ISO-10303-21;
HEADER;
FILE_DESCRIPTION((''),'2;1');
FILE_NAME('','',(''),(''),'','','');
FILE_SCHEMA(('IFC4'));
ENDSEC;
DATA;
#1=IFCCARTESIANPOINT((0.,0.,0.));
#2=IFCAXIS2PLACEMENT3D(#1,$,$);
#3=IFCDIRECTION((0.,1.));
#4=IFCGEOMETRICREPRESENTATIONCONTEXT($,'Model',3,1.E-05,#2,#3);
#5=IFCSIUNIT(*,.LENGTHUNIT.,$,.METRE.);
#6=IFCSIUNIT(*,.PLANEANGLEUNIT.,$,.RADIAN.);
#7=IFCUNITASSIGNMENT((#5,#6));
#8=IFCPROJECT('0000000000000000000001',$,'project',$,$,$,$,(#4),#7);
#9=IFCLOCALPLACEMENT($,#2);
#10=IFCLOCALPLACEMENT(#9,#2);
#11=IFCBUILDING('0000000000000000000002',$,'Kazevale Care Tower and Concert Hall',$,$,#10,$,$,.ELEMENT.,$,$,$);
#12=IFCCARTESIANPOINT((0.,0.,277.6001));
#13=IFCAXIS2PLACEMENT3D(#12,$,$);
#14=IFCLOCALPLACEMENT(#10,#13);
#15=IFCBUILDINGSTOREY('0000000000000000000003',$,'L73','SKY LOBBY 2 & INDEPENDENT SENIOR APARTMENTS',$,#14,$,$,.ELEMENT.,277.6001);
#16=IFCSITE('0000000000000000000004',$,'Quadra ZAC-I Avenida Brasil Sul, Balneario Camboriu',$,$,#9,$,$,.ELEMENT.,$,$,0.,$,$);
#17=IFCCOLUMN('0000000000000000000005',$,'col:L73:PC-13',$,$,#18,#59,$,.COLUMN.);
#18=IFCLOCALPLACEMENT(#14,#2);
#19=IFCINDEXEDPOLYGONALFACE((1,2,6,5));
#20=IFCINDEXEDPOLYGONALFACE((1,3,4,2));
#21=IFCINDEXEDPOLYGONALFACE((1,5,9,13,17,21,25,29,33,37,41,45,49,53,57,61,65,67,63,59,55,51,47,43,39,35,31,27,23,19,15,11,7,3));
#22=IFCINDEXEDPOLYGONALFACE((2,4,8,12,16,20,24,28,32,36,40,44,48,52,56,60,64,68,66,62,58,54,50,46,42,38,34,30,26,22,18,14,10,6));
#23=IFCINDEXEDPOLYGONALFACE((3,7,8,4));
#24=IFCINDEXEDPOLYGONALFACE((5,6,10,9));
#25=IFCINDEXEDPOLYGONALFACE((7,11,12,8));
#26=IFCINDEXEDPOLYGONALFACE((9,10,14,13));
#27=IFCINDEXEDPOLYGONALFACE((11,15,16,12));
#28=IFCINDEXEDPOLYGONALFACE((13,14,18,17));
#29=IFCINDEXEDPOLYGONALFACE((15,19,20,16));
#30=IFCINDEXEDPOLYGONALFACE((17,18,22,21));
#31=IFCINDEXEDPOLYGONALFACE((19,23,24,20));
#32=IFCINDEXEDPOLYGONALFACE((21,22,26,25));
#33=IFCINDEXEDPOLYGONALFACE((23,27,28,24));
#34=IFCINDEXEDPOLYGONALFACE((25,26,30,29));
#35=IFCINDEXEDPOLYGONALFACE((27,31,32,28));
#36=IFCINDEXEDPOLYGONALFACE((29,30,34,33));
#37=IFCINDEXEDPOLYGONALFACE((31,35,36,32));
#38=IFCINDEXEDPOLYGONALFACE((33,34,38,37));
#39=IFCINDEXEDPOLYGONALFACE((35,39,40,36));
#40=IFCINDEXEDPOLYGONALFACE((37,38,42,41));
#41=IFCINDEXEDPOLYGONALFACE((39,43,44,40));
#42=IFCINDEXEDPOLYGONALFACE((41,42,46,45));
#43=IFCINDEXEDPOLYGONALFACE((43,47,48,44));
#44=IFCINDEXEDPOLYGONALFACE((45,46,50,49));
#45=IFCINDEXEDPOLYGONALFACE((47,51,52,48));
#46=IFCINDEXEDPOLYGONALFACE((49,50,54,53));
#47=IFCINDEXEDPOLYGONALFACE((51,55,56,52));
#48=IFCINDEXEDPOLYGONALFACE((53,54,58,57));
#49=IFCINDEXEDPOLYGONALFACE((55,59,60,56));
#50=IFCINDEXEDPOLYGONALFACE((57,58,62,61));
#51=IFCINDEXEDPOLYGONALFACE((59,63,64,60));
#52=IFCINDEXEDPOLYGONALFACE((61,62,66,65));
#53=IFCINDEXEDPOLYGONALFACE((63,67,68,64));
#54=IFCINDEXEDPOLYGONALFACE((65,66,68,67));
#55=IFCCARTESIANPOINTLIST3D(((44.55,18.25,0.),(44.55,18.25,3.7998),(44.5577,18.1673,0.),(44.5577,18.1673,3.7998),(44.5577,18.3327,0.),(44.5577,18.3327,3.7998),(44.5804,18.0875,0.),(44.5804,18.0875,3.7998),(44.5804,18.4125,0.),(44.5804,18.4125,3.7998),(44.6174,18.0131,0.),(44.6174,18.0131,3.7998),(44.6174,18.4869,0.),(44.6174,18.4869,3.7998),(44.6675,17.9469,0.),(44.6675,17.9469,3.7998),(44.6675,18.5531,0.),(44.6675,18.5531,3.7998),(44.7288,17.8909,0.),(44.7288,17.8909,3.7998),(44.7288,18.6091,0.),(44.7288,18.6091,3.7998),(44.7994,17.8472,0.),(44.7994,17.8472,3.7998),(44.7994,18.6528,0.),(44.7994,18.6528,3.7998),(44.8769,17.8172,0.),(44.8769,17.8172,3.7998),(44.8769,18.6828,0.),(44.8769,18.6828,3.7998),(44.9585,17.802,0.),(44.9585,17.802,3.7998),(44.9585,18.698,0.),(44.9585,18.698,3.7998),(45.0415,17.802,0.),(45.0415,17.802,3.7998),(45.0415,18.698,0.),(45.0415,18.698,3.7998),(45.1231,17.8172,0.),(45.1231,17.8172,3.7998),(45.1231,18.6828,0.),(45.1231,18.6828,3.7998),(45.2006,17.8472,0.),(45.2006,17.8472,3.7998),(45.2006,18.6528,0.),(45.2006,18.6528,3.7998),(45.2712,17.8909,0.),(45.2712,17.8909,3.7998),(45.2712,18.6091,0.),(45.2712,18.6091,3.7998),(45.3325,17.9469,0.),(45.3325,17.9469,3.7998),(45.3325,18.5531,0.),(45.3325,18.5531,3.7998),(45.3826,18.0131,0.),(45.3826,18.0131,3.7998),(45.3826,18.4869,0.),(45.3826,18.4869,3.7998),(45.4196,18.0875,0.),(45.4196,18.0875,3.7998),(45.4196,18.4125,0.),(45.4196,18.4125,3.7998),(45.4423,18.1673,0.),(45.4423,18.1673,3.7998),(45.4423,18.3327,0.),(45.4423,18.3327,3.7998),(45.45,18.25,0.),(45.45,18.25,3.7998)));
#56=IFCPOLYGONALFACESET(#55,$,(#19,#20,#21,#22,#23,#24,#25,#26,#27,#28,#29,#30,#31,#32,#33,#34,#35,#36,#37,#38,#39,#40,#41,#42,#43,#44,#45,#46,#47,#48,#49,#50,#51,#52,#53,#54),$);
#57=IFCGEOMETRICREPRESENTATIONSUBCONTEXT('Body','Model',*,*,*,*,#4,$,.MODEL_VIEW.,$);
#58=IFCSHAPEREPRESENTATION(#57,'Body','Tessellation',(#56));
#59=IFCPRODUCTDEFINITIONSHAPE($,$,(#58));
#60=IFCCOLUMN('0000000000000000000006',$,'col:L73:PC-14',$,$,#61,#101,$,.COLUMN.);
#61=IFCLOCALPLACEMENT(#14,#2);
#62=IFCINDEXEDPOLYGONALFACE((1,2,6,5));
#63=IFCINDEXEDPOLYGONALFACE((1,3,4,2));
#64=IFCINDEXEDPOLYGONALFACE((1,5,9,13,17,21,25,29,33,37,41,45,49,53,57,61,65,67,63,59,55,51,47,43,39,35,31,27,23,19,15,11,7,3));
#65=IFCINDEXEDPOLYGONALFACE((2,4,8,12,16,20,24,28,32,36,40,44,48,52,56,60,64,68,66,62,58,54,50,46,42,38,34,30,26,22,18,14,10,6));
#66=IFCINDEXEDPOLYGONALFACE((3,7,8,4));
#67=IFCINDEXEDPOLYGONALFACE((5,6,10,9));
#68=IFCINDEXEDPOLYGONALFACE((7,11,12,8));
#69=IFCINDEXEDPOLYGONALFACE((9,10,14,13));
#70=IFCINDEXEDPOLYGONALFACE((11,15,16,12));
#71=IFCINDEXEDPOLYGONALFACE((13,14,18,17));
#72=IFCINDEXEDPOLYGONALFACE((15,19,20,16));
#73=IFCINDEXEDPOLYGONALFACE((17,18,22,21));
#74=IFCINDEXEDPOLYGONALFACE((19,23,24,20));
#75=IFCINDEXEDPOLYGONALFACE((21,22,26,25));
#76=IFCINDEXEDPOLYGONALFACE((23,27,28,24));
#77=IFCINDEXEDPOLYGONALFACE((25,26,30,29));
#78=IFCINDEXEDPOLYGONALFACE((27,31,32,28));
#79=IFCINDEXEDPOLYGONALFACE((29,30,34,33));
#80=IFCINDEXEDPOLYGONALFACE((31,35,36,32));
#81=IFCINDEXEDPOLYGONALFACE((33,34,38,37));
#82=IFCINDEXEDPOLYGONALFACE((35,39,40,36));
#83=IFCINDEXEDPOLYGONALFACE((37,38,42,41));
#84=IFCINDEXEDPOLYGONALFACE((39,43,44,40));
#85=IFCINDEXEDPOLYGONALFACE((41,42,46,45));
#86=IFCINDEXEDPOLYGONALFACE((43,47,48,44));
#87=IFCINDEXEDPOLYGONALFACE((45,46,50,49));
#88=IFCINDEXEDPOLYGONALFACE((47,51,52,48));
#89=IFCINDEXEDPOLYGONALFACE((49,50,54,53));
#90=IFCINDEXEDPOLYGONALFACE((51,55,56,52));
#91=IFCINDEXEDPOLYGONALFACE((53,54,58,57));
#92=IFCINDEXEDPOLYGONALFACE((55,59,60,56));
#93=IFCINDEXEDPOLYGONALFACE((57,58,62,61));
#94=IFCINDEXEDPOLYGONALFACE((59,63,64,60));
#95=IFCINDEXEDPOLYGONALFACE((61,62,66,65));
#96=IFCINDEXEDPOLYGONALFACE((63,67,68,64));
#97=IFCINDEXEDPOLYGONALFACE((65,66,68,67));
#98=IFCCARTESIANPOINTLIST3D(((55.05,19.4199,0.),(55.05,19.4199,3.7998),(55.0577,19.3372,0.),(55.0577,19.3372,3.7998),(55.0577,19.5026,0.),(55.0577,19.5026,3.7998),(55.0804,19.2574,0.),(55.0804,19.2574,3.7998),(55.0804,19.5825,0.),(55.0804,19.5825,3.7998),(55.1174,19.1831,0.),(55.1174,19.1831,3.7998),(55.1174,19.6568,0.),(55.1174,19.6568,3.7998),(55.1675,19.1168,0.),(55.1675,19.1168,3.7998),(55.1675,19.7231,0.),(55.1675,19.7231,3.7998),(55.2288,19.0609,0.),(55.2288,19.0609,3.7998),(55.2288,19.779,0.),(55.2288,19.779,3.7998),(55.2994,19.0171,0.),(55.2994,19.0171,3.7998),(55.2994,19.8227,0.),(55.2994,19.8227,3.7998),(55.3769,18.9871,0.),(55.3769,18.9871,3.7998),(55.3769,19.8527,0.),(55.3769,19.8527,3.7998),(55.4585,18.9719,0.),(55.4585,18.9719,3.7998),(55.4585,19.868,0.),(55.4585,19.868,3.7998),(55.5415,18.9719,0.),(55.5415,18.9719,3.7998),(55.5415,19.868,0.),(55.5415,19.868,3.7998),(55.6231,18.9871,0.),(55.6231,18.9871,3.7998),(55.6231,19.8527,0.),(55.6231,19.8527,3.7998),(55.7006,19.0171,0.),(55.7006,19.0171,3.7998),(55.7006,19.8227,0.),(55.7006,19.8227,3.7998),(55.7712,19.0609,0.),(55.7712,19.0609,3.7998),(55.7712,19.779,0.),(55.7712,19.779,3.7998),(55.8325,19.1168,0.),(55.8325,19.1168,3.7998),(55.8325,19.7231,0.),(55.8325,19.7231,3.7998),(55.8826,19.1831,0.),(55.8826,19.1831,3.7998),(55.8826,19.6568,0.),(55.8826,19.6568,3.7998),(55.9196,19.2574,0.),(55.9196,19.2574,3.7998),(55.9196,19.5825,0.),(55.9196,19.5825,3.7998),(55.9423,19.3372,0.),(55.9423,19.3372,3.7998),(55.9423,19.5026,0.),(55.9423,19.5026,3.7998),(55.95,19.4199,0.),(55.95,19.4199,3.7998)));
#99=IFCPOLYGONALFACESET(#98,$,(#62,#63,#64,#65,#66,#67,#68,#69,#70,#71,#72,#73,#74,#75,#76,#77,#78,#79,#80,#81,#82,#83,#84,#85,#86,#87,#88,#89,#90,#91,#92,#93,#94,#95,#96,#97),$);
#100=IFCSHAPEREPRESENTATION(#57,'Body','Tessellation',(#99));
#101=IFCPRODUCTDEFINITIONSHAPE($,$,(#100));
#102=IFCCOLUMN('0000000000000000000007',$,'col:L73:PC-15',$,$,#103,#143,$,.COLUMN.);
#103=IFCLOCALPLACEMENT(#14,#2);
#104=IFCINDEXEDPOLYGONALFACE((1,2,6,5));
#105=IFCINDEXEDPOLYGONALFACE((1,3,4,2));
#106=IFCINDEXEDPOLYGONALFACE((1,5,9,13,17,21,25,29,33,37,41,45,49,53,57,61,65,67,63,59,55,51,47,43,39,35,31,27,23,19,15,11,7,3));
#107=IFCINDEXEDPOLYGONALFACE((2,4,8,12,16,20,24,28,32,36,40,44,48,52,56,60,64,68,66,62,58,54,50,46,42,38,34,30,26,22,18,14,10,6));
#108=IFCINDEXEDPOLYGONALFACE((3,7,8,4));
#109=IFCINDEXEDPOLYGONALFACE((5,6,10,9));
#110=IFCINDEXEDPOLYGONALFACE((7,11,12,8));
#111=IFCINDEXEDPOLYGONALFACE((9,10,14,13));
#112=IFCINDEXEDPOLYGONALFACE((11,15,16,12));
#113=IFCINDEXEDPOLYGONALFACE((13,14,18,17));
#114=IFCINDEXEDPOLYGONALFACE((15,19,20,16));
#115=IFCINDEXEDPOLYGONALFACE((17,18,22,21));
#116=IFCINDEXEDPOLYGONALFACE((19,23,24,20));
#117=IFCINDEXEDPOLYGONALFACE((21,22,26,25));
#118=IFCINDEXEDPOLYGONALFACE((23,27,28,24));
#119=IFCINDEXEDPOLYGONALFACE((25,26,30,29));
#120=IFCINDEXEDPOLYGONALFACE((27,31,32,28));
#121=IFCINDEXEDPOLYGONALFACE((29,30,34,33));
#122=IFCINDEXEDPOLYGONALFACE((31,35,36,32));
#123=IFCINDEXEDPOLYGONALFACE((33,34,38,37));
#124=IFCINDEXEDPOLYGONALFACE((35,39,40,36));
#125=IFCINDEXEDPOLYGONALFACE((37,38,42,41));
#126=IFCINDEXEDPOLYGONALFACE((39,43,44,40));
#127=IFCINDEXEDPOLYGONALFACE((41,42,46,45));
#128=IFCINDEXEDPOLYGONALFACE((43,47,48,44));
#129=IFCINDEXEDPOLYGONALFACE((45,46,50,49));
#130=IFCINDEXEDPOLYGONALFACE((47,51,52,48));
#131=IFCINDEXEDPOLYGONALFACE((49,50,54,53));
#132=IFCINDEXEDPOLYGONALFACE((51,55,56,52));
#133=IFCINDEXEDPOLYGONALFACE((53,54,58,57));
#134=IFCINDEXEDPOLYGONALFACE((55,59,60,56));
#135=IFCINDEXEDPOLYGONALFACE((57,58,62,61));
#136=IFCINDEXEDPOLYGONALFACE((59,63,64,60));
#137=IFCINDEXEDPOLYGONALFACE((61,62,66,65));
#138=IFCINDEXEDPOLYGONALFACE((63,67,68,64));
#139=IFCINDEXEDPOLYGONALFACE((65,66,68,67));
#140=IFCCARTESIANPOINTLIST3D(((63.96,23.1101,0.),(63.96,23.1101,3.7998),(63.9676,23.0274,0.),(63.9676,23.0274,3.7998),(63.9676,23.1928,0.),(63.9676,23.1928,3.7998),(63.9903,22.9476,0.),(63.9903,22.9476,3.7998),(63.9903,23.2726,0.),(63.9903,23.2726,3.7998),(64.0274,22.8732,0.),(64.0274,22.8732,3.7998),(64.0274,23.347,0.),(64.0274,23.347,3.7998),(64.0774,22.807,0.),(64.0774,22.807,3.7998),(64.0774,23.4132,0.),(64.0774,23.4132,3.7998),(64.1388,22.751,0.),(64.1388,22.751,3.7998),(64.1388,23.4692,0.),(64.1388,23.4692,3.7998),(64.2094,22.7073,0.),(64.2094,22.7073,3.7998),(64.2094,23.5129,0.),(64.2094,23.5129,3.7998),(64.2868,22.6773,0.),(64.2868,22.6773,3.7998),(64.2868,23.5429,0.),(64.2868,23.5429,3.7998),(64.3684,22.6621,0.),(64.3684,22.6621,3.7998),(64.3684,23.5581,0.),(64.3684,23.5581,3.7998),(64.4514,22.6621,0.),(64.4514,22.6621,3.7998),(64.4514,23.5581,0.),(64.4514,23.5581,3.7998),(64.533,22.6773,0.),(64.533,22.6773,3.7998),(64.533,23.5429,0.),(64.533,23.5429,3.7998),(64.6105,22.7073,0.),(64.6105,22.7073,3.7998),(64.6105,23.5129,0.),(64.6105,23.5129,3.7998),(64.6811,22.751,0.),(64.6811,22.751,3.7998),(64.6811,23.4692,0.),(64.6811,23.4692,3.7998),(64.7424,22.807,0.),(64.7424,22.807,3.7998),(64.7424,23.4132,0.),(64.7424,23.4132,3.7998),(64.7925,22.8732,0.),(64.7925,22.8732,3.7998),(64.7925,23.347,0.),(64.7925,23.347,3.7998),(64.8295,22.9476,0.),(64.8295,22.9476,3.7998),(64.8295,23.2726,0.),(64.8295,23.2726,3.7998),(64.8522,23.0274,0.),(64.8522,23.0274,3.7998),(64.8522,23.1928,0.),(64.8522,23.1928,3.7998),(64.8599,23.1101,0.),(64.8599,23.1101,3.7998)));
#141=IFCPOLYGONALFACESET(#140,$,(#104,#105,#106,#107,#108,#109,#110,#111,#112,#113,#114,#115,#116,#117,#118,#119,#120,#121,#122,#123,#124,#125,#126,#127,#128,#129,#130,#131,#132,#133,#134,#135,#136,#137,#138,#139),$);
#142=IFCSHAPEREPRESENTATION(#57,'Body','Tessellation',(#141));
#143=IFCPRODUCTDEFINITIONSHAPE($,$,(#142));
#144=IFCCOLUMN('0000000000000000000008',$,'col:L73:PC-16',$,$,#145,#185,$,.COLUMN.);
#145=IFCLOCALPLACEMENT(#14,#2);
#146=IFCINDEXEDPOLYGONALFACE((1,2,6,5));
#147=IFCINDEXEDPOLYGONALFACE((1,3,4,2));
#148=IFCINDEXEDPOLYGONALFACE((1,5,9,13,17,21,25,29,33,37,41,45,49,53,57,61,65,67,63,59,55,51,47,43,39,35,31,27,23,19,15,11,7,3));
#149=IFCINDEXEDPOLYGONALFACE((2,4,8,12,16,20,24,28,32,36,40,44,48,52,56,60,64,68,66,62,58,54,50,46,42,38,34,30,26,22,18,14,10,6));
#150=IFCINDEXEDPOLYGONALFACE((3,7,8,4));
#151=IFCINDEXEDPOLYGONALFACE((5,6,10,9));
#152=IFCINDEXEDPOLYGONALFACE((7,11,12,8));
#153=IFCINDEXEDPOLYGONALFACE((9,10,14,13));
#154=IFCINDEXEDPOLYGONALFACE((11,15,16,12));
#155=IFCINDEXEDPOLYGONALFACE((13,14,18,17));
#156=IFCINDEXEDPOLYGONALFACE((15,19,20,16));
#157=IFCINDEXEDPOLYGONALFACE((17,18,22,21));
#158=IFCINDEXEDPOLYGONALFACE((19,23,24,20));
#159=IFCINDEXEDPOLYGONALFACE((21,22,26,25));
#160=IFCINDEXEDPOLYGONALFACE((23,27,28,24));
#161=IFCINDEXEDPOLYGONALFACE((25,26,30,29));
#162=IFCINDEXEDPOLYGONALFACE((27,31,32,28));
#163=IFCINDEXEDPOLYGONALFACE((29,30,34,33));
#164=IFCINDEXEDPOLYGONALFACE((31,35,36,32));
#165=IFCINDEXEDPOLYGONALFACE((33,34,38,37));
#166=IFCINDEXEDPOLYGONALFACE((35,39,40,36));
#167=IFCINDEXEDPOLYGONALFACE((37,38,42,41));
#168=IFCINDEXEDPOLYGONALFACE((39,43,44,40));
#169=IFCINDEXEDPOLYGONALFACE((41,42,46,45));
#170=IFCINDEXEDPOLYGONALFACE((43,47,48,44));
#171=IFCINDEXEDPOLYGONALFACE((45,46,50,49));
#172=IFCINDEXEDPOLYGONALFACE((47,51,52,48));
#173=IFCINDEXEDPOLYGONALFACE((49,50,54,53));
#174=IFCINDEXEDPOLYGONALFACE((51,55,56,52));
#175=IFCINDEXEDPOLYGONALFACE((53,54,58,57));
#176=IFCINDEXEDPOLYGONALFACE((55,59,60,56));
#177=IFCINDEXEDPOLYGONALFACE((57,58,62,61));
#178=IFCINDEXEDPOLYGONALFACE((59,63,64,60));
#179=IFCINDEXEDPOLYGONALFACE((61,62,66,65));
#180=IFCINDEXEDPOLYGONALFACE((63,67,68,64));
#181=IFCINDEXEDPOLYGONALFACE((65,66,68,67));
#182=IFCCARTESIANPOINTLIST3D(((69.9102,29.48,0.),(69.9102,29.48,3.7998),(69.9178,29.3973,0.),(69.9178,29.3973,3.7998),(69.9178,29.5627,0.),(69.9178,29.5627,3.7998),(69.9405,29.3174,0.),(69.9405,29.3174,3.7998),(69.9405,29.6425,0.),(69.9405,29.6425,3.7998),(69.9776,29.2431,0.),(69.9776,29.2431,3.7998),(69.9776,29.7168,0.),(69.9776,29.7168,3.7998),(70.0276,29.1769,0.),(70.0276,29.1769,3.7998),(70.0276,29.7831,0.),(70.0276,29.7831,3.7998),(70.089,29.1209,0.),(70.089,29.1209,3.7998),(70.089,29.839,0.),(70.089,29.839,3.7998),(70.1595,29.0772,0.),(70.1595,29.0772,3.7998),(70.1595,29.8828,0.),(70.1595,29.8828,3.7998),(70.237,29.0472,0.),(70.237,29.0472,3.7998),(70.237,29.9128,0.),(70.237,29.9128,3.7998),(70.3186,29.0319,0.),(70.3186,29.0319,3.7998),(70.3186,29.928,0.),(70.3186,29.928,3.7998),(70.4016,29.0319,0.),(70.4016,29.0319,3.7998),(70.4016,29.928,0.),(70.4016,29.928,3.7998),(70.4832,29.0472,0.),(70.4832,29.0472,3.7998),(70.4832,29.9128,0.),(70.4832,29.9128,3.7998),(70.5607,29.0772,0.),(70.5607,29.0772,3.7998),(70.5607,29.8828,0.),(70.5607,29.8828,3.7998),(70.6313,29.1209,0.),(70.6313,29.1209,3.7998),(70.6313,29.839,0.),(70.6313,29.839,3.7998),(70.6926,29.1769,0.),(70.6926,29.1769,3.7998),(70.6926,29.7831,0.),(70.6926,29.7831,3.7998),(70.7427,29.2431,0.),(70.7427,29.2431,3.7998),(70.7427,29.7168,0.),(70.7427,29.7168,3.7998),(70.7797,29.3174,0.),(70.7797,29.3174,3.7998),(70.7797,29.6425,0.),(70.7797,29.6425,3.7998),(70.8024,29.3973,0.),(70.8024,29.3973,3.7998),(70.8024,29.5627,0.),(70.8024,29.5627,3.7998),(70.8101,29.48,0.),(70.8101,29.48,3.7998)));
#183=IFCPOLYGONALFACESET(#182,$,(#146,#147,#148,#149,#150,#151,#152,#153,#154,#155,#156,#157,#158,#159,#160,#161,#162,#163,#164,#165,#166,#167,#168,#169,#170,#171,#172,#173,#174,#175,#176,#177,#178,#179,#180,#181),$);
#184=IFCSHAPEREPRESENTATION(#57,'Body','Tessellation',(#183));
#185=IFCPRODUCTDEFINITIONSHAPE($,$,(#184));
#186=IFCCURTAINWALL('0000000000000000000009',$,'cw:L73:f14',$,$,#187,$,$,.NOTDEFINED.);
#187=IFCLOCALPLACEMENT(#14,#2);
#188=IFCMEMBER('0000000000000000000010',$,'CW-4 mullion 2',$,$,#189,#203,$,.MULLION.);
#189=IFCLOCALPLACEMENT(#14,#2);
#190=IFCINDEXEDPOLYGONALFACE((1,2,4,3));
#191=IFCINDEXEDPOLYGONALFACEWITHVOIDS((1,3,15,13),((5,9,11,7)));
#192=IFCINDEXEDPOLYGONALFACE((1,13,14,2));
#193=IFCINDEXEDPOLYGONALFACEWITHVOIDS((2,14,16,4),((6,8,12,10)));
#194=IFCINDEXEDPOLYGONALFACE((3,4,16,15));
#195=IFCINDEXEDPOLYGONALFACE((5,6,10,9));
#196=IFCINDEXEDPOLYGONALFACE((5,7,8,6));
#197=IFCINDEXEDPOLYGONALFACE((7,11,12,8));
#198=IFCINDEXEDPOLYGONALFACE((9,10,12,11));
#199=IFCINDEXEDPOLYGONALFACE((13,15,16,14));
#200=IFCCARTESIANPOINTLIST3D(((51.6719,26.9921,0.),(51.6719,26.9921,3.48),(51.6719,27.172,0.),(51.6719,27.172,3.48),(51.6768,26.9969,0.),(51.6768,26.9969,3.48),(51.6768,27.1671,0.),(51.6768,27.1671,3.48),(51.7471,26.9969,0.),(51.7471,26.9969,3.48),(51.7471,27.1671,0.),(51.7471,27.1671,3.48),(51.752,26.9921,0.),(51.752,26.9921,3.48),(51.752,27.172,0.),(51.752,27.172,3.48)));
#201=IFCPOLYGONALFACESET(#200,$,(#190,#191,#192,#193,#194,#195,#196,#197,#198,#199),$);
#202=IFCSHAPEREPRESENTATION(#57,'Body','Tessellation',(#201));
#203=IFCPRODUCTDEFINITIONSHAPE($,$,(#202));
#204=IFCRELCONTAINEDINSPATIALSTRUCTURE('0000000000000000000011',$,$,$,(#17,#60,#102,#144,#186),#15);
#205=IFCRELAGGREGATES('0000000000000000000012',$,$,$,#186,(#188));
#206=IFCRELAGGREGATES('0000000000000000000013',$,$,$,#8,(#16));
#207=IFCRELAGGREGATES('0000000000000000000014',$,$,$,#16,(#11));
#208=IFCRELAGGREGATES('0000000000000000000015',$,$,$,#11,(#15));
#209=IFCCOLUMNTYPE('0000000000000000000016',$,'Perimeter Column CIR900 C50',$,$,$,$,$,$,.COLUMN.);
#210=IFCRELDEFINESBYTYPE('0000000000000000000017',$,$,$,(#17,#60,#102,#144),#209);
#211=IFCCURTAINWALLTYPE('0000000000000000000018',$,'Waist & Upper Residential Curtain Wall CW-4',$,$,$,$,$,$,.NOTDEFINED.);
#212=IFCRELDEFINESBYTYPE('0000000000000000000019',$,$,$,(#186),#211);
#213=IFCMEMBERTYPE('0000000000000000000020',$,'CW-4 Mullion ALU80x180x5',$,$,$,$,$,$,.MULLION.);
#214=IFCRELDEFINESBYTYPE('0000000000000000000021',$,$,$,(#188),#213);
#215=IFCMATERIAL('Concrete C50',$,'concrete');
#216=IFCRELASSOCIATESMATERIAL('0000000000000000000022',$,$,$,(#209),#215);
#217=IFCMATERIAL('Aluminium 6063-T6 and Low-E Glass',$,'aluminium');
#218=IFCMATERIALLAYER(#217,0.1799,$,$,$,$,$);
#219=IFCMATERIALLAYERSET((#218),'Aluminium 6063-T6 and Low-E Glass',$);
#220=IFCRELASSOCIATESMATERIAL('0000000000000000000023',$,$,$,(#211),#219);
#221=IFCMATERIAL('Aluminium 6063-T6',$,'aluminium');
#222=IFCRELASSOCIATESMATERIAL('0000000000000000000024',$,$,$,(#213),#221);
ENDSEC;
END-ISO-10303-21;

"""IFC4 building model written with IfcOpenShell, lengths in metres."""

from ifc_helpers import new_model, si_unit, direction, frame, origin, origin_2d, place, context, subcontext, project, spatial, hollow_rectangle, circle, extrude, material, layer, layer_set, material_profile, profile_set, type_object, element, aggregate, save


model = new_model("IFC4")

# Units and contexts
model_context = context("Model", 3, precision=1e-05, world=origin(), true_north=direction((0.0, 1.0)))
body_context = subcontext(model_context, "Body", "Model", "MODEL_VIEW")
ifc_project = project(units=[si_unit("LENGTHUNIT", "METRE"), si_unit("PLANEANGLEUNIT", "RADIAN")], contexts=[model_context])

# Site, building, storey
site_placement = place(None, origin())
site = spatial("IfcSite", under=ifc_project, at=site_placement, Name="Quadra ZAC-I Avenida Brasil Sul, Balneario Camboriu", CompositionType="ELEMENT", RefElevation=0.0)
building_placement = place(site_placement, origin())
building = spatial("IfcBuilding", under=site, at=building_placement, Name="Kazevale Care Tower and Concert Hall", CompositionType="ELEMENT")
storey_placement = place(building_placement, frame((0.0, 0.0, 277.6001)))
storey = spatial("IfcBuildingStorey", under=building, at=storey_placement, Name="L73", Description="SKY LOBBY 2 & INDEPENDENT SENIOR APARTMENTS", CompositionType="ELEMENT", Elevation=277.6001)

# Columns
ifc_material_1 = material(Name="Concrete C50", Category="concrete")
ifc_material_profile_1 = material_profile(ifc_material_1, circle(Radius=0.45, at=origin_2d()), Name="RC-CIR900")
ifc_profile_set_1 = profile_set([ifc_material_profile_1], Name="Concrete C50")
column_type = type_object("IfcColumnType", Name="Perimeter Column CIR900 C50", PredefinedType="COLUMN", material=ifc_profile_set_1)
for number, where, z_axis, x_axis, name in (
    (1, (45.0, 18.25, 0.0), (0.0, 0.0, 1.0), (1.0, 0.0, 0.0), "col:L73:PC-13"),
    (2, (55.5, 19.4199, 0.0), (0.0, 0.0, 1.0), (1.0, 0.0, 0.0), "col:L73:PC-14"),
    (3, (64.4099, 23.1101, 0.0), (0.0, 0.0, 1.0), (1.0, 0.0, 0.0), "col:L73:PC-15"),
    (4, (70.3601, 29.48, 0.0), (0.0, 0.0, 1.0), (1.0, 0.0, 0.0), "col:L73:PC-16"),
):
    element("IfcColumn", number, at=place(storey_placement, frame(where, z_axis=z_axis, x_axis=x_axis)), inside=storey, type_object=column_type, Name=name, PredefinedType="COLUMN", context=body_context, shape_type="SweptSolid", body=[
        extrude(circle(Radius=0.45, at=origin_2d()), origin(), (0.0, 0.0, 1.0), 3.7998),
    ])

# Curtain wall, member
ifc_material_2 = material(Name="Aluminium 6063-T6 and Low-E Glass", Category="aluminium")
ifc_layer_1 = layer(ifc_material_2, 0.1799)
ifc_layer_set_1 = layer_set([ifc_layer_1], Name="Aluminium 6063-T6 and Low-E Glass")
curtain_wall_type_1 = type_object("IfcCurtainWallType", Name="Waist & Upper Residential Curtain Wall CW-4", PredefinedType="NOTDEFINED", material=ifc_layer_set_1)
curtain_wall_1_placement = place(storey_placement, origin())
curtain_wall_1 = element("IfcCurtainWall", 5, at=curtain_wall_1_placement, inside=storey, type_object=curtain_wall_type_1, Name="cw:L73:f14", PredefinedType="NOTDEFINED")
ifc_material_3 = material(Name="Aluminium 6063-T6", Category="aluminium")
ifc_material_profile_2 = material_profile(ifc_material_3, hollow_rectangle(XDim=0.0801, YDim=0.1799, WallThickness=0.0049, at=origin_2d()), Name="ALU80x180x5")
ifc_profile_set_2 = profile_set([ifc_material_profile_2], Name="Aluminium 6063-T6")
member_type_1 = type_object("IfcMemberType", Name="CW-4 Mullion ALU80x180x5", PredefinedType="MULLION", material=ifc_profile_set_2)
member_1_placement = place(storey_placement, frame((51.7119, 27.082, 0.0), z_axis=(0.0, 0.0, 1.0), x_axis=(1.0, 0.0, 0.0)))
member_1 = element("IfcMember", 6, at=member_1_placement, type_object=member_type_1, Name="CW-4 mullion 2", PredefinedType="MULLION", context=body_context, shape_type="SweptSolid", body=[
    extrude(hollow_rectangle(XDim=0.0801, YDim=0.1799, WallThickness=0.0049, at=origin_2d()), origin(), (0.0, 0.0, 1.0), 3.48),
])
aggregate(curtain_wall_1, [member_1])

save(model, "model.ifc")
